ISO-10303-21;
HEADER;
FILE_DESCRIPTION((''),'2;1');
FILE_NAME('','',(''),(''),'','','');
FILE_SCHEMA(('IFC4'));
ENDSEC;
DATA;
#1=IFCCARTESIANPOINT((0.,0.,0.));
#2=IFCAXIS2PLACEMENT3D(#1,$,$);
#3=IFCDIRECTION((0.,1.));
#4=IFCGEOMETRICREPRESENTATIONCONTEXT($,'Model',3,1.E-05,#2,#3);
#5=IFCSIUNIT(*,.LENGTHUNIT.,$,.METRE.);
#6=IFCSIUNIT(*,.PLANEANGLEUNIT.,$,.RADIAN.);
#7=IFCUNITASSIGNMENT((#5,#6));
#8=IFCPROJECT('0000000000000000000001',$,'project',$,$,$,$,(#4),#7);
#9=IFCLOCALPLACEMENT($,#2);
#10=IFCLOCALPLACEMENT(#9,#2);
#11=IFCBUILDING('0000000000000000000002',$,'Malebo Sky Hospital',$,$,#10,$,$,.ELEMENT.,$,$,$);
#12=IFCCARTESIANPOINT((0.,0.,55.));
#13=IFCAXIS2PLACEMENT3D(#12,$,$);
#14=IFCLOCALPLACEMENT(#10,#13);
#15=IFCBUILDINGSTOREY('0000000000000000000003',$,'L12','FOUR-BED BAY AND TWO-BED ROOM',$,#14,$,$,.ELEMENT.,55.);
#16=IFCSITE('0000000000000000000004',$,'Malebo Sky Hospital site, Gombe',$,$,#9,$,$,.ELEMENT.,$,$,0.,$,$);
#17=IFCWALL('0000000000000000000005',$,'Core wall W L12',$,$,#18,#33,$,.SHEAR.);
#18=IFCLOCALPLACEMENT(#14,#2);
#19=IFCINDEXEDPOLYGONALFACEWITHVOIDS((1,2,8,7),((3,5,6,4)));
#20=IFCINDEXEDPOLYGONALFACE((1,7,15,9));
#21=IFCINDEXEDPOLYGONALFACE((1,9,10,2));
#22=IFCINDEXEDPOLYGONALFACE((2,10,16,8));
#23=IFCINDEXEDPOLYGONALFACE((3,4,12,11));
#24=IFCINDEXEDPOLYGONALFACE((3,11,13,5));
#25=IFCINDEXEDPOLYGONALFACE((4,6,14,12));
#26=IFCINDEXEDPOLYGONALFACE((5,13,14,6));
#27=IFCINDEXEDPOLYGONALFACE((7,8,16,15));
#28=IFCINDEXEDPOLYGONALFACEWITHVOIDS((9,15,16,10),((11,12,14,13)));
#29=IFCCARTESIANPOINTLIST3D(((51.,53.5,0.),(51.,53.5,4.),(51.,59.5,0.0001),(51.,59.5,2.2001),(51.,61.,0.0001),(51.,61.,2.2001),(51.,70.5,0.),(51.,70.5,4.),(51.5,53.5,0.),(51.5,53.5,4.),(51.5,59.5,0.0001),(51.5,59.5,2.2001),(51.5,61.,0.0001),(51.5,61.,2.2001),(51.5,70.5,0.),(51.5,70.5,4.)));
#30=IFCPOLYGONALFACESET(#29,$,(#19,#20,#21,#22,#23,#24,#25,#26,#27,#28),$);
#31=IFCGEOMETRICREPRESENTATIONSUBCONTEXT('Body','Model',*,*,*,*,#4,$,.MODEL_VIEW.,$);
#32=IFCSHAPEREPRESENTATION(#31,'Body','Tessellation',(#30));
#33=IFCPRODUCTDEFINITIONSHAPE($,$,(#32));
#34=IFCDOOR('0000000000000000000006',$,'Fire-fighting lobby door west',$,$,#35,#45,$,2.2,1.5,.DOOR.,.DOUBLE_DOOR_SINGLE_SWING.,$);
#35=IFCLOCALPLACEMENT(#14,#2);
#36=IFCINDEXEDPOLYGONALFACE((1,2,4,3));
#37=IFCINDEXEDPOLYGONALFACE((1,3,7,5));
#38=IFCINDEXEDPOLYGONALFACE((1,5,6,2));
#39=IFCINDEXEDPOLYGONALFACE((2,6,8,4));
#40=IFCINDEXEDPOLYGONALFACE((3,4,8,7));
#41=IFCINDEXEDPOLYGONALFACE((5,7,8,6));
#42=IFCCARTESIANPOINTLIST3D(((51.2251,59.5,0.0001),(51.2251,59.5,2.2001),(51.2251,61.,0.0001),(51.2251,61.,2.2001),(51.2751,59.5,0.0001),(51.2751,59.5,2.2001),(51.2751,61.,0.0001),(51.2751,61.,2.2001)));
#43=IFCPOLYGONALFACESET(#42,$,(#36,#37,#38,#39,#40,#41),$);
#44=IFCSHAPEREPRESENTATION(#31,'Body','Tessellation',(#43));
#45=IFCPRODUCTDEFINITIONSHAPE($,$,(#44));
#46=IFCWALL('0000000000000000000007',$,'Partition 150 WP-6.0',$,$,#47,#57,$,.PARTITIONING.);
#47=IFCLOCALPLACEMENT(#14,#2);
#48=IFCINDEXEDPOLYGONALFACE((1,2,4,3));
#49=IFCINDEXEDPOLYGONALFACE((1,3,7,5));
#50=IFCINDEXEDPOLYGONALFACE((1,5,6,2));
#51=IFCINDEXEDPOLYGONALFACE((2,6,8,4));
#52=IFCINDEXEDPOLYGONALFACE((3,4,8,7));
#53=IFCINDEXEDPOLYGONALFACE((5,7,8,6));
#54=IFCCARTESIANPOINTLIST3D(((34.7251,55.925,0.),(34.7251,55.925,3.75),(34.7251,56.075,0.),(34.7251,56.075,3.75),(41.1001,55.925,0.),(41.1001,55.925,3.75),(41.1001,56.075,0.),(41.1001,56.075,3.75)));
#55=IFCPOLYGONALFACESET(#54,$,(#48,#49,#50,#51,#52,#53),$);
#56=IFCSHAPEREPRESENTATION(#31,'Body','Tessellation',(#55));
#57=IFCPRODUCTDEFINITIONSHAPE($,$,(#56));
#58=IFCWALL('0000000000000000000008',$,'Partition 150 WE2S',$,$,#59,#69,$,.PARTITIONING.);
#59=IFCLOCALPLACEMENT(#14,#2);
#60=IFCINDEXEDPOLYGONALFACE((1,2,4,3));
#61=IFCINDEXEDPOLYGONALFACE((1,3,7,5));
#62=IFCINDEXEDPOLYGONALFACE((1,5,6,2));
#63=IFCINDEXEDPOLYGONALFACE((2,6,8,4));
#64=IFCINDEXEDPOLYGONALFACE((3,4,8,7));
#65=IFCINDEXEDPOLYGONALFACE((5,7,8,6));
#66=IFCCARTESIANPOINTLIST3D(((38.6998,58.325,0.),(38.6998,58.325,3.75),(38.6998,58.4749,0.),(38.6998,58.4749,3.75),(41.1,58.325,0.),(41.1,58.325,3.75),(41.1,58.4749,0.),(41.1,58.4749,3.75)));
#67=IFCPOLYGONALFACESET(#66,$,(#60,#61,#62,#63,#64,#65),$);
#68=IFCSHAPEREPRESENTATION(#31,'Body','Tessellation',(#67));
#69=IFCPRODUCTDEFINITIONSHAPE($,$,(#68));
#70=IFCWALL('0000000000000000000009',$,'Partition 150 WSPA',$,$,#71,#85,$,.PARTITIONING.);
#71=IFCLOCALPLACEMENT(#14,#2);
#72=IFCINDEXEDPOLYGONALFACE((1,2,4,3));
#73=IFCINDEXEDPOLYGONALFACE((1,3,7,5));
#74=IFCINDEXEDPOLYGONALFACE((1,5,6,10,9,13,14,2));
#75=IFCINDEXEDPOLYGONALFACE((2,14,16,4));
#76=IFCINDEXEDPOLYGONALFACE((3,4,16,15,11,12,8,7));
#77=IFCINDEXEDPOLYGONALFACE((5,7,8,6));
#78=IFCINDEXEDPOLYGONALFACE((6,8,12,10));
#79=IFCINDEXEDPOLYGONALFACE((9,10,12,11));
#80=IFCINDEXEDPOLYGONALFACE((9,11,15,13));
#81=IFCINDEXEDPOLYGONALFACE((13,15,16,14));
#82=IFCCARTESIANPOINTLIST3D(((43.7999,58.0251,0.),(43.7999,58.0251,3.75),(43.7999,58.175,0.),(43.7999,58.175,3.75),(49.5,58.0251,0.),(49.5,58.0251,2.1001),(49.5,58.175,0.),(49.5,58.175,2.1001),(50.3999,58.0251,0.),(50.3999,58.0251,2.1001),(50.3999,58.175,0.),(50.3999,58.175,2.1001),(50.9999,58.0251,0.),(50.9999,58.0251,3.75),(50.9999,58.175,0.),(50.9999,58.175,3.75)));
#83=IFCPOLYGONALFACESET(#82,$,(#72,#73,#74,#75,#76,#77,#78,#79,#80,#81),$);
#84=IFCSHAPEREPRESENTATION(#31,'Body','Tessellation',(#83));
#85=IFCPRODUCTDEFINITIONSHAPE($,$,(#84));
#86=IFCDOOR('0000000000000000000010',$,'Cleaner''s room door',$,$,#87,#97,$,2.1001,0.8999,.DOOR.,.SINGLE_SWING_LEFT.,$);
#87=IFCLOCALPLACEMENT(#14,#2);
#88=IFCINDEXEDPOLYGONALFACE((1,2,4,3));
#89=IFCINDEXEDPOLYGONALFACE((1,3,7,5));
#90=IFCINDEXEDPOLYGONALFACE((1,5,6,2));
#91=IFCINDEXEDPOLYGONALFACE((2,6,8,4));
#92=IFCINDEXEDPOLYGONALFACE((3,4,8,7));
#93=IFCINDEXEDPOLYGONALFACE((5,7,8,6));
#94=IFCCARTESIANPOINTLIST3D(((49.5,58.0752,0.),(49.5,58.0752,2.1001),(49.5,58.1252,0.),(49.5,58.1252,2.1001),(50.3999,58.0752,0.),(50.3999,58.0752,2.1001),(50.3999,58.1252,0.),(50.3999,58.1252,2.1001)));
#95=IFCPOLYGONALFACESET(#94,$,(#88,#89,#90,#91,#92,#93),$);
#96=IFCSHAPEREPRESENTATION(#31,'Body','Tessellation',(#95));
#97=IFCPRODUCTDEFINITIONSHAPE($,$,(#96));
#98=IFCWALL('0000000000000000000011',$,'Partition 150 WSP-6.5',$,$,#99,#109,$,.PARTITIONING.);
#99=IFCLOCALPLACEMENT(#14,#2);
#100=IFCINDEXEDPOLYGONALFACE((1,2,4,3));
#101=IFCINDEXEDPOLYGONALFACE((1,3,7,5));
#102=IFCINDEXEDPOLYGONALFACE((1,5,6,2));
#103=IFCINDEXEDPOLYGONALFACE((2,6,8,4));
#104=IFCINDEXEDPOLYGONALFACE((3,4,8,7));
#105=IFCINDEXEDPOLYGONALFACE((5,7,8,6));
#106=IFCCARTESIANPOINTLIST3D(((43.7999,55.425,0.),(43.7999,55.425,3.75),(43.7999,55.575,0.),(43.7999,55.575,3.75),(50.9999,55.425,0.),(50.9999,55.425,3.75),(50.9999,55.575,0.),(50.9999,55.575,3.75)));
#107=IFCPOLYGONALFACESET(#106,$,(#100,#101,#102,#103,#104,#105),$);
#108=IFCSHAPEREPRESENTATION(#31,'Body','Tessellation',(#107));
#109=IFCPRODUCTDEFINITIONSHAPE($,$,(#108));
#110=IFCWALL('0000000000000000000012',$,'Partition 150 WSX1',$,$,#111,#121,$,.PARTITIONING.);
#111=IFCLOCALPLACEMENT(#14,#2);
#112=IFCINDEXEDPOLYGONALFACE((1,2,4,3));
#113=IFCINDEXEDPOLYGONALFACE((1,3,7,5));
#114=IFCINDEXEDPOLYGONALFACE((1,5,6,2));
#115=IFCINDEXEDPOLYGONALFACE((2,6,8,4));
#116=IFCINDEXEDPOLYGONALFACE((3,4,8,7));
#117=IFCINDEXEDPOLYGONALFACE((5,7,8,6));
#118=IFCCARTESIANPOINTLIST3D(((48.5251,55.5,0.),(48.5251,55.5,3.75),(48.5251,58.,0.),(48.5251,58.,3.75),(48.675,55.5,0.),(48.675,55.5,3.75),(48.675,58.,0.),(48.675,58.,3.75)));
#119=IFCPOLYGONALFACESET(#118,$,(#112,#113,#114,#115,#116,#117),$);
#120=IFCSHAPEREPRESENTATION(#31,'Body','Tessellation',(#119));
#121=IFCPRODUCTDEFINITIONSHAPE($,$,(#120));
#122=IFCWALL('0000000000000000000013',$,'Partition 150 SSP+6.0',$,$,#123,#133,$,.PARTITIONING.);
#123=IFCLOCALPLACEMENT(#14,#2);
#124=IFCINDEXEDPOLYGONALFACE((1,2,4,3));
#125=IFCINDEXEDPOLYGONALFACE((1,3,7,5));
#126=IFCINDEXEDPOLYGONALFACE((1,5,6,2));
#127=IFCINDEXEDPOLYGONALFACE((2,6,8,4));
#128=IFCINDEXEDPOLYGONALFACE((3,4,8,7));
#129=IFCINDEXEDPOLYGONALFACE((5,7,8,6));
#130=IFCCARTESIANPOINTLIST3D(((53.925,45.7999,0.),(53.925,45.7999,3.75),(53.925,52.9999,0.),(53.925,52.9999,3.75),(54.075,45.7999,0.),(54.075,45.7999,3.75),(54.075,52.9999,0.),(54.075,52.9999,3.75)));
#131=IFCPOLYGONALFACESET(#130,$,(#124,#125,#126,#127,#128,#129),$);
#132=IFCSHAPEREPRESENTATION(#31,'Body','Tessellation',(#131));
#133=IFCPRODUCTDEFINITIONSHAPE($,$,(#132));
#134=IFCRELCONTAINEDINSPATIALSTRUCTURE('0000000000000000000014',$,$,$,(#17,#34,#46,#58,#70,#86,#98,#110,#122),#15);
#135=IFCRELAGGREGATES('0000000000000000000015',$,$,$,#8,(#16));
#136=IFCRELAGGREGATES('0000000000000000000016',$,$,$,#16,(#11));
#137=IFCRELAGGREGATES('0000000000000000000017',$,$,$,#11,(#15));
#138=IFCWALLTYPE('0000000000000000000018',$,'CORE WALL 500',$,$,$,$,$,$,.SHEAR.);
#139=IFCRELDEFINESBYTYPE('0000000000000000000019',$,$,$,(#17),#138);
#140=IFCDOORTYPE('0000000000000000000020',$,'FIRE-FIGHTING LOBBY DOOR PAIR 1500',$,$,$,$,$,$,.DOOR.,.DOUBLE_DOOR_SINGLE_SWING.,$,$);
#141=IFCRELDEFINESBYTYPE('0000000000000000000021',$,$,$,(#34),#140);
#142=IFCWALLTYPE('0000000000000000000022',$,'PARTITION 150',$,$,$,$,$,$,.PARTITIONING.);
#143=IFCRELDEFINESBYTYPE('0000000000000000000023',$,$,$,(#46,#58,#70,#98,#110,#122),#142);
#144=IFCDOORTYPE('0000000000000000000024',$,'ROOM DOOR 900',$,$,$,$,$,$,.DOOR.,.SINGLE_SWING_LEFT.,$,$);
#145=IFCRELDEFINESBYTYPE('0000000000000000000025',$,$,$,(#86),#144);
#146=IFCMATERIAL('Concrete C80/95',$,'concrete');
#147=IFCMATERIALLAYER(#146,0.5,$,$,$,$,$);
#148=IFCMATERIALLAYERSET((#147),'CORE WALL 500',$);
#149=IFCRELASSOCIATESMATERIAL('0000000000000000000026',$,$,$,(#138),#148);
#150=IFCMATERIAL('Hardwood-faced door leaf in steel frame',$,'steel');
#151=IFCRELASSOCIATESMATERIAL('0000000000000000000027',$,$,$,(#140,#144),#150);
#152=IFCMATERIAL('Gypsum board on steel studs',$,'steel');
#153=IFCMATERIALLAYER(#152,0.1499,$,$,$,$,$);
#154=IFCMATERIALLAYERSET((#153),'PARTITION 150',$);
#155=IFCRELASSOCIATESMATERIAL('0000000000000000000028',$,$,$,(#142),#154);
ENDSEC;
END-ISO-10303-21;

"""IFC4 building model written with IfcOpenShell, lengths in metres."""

from ifc_helpers import new_model, si_unit, direction, frame, frame_2d, origin, place, context, subcontext, project, spatial, rectangle, extrude, material, layer, layer_set, type_object, element, fill, save


model = new_model("IFC4")

# Units and contexts
model_context = context("Model", 3, precision=1e-05, world=origin(), true_north=direction((0.0, 1.0)))
body_context = subcontext(model_context, "Body", "Model", "MODEL_VIEW")
ifc_project = project(units=[si_unit("LENGTHUNIT", "METRE"), si_unit("PLANEANGLEUNIT", "RADIAN")], contexts=[model_context])

# Site, building, storey
site_placement = place(None, origin())
site = spatial("IfcSite", under=ifc_project, at=site_placement, Name="Malebo Sky Hospital site, Gombe", CompositionType="ELEMENT", RefElevation=0.0)
building_placement = place(site_placement, origin())
building = spatial("IfcBuilding", under=site, at=building_placement, Name="Malebo Sky Hospital", CompositionType="ELEMENT")
storey_placement = place(building_placement, frame((0.0, 0.0, 55.0)))
storey = spatial("IfcBuildingStorey", under=building, at=storey_placement, Name="L12", Description="FOUR-BED BAY AND TWO-BED ROOM", CompositionType="ELEMENT", Elevation=55.0)

# Shared definitions
ifc_material_1 = material(Name="Concrete C80/95", Category="concrete")

# Wall, opening, door
ifc_layer_1 = layer(ifc_material_1, 0.5)
ifc_layer_set_1 = layer_set([ifc_layer_1], Name="CORE WALL 500")
wall_type_1 = type_object("IfcWallType", Name="CORE WALL 500", PredefinedType="SHEAR", material=ifc_layer_set_1)
ifc_material_2 = material(Name="Hardwood-faced door leaf in steel frame", Category="steel")
wall_1_placement = place(storey_placement, frame((51.25, 53.5, 0.0), z_axis=(0.0, 0.0, 1.0), x_axis=(0.0, 1.0, 0.0)))
wall_1 = element("IfcWall", 1, at=wall_1_placement, inside=storey, type_object=wall_type_1, Name="Core wall W L12", PredefinedType="SHEAR", context=body_context, shape_type="SweptSolid", body=[
    extrude(rectangle(XDim=17.0, YDim=0.5, at=frame_2d((8.5, 0.0))), origin(), (0.0, 0.0, 1.0), 4.0),
])
opening_1_placement = place(wall_1_placement, frame((6.0, 0.0, 0.0)))
opening_1 = element("IfcOpeningElement", 2, at=opening_1_placement, cuts=wall_1, PredefinedType="OPENING", context=body_context, shape_type="SweptSolid", body=[
    extrude(rectangle(XDim=1.5, YDim=2.2, at=frame_2d((0.75, 1.1001))), frame((0.0, 0.26, 0.0), z_axis=(0.0, -1.0, 0.0), x_axis=(1.0, 0.0, 0.0)), (0.0, 0.0, 1.0), 0.52),
])
door_type_1 = type_object("IfcDoorType", Name="FIRE-FIGHTING LOBBY DOOR PAIR 1500", OperationType="DOUBLE_DOOR_SINGLE_SWING", PredefinedType="DOOR", material=ifc_material_2)
door_1_placement = place(opening_1_placement, origin())
door_1 = element("IfcDoor", 3, at=door_1_placement, inside=storey, type_object=door_type_1, Name="Fire-fighting lobby door west", OperationType="DOUBLE_DOOR_SINGLE_SWING", OverallHeight=2.2, OverallWidth=1.5, PredefinedType="DOOR", context=body_context, shape_type="SweptSolid", body=[
    extrude(rectangle(XDim=1.5, YDim=2.2, at=frame_2d((0.75, 1.1001))), frame((0.0, 0.0249, 0.0), z_axis=(0.0, -1.0, 0.0), x_axis=(1.0, 0.0, 0.0)), (0.0, 0.0, 1.0), 0.05),
])
fill(opening_1, door_1)

# Walls
ifc_material_3 = material(Name="Gypsum board on steel studs", Category="steel")
ifc_layer_2 = layer(ifc_material_3, 0.1499)
ifc_layer_set_2 = layer_set([ifc_layer_2], Name="PARTITION 150")
wall_type_2 = type_object("IfcWallType", Name="PARTITION 150", PredefinedType="PARTITIONING", material=ifc_layer_set_2)
wall_2_placement = place(storey_placement, frame((41.1001, 56.0, 0.0), z_axis=(0.0, 0.0, 1.0), x_axis=(-1.0, 0.0, 0.0)))
element("IfcWall", 4, at=wall_2_placement, inside=storey, type_object=wall_type_2, Name="Partition 150 WP-6.0", PredefinedType="PARTITIONING", context=body_context, shape_type="SweptSolid", body=[
    extrude(rectangle(XDim=6.375, YDim=0.1499, at=frame_2d((3.1875, 0.0))), origin(), (0.0, 0.0, 1.0), 3.75),
])
wall_3_placement = place(storey_placement, frame((41.1001, 58.3999, 0.0), z_axis=(0.0, 0.0, 1.0), x_axis=(-1.0, 0.0, 0.0)))
element("IfcWall", 5, at=wall_3_placement, inside=storey, type_object=wall_type_2, Name="Partition 150 WE2S", PredefinedType="PARTITIONING", context=body_context, shape_type="SweptSolid", body=[
    extrude(rectangle(XDim=2.4001, YDim=0.1499, at=frame_2d((1.2002, 0.0))), origin(), (0.0, 0.0, 1.0), 3.75),
])

# Wall, opening, door
wall_4_placement = place(storey_placement, frame((51.0, 58.1001, 0.0), z_axis=(0.0, 0.0, 1.0), x_axis=(-1.0, 0.0, 0.0)))
wall_4 = element("IfcWall", 6, at=wall_4_placement, inside=storey, type_object=wall_type_2, Name="Partition 150 WSPA", PredefinedType="PARTITIONING", context=body_context, shape_type="SweptSolid", body=[
    extrude(rectangle(XDim=7.2, YDim=0.1499, at=frame_2d((3.6001, 0.0))), origin(), (0.0, 0.0, 1.0), 3.75),
])
opening_2_placement = place(wall_4_placement, frame((0.6001, 0.0, 0.0)))
opening_2 = element("IfcOpeningElement", 7, at=opening_2_placement, cuts=wall_4, PredefinedType="OPENING", context=body_context, shape_type="SweptSolid", body=[
    extrude(rectangle(XDim=0.8999, YDim=2.1001, at=frame_2d((0.45, 1.05))), frame((0.0, 0.085, 0.0), z_axis=(0.0, -1.0, 0.0), x_axis=(1.0, 0.0, 0.0)), (0.0, 0.0, 1.0), 0.1699),
])
door_type_2 = type_object("IfcDoorType", Name="ROOM DOOR 900", OperationType="SINGLE_SWING_LEFT", PredefinedType="DOOR", material=ifc_material_2)
door_2_placement = place(opening_2_placement, origin())
door_2 = element("IfcDoor", 8, at=door_2_placement, inside=storey, type_object=door_type_2, Name="Cleaner's room door", OperationType="SINGLE_SWING_LEFT", OverallHeight=2.1001, OverallWidth=0.8999, PredefinedType="DOOR", context=body_context, shape_type="SweptSolid", body=[
    extrude(rectangle(XDim=0.8999, YDim=2.1001, at=frame_2d((0.45, 1.05))), frame((0.0, 0.0249, 0.0), z_axis=(0.0, -1.0, 0.0), x_axis=(1.0, 0.0, 0.0)), (0.0, 0.0, 1.0), 0.05),
])
fill(opening_2, door_2)

# Walls
wall_5_placement = place(storey_placement, frame((51.0, 55.5, 0.0), z_axis=(0.0, 0.0, 1.0), x_axis=(-1.0, 0.0, 0.0)))
element("IfcWall", 9, at=wall_5_placement, inside=storey, type_object=wall_type_2, Name="Partition 150 WSP-6.5", PredefinedType="PARTITIONING", context=body_context, shape_type="SweptSolid", body=[
    extrude(rectangle(XDim=7.2, YDim=0.1499, at=frame_2d((3.6001, 0.0))), origin(), (0.0, 0.0, 1.0), 3.75),
])
wall_6_placement = place(storey_placement, frame((48.6001, 55.5, 0.0), z_axis=(0.0, 0.0, 1.0), x_axis=(0.0, 1.0, 0.0)))
element("IfcWall", 10, at=wall_6_placement, inside=storey, type_object=wall_type_2, Name="Partition 150 WSX1", PredefinedType="PARTITIONING", context=body_context, shape_type="SweptSolid", body=[
    extrude(rectangle(XDim=2.5, YDim=0.1499, at=frame_2d((1.25, 0.0))), origin(), (0.0, 0.0, 1.0), 3.75),
])
wall_7_placement = place(storey_placement, frame((54.0, 53.0, 0.0), z_axis=(0.0, 0.0, 1.0), x_axis=(0.0, -1.0, 0.0)))
element("IfcWall", 11, at=wall_7_placement, inside=storey, type_object=wall_type_2, Name="Partition 150 SSP+6.0", PredefinedType="PARTITIONING", context=body_context, shape_type="SweptSolid", body=[
    extrude(rectangle(XDim=7.2, YDim=0.1499, at=frame_2d((3.6001, 0.0))), origin(), (0.0, 0.0, 1.0), 3.75),
])

save(model, "model.ifc")
